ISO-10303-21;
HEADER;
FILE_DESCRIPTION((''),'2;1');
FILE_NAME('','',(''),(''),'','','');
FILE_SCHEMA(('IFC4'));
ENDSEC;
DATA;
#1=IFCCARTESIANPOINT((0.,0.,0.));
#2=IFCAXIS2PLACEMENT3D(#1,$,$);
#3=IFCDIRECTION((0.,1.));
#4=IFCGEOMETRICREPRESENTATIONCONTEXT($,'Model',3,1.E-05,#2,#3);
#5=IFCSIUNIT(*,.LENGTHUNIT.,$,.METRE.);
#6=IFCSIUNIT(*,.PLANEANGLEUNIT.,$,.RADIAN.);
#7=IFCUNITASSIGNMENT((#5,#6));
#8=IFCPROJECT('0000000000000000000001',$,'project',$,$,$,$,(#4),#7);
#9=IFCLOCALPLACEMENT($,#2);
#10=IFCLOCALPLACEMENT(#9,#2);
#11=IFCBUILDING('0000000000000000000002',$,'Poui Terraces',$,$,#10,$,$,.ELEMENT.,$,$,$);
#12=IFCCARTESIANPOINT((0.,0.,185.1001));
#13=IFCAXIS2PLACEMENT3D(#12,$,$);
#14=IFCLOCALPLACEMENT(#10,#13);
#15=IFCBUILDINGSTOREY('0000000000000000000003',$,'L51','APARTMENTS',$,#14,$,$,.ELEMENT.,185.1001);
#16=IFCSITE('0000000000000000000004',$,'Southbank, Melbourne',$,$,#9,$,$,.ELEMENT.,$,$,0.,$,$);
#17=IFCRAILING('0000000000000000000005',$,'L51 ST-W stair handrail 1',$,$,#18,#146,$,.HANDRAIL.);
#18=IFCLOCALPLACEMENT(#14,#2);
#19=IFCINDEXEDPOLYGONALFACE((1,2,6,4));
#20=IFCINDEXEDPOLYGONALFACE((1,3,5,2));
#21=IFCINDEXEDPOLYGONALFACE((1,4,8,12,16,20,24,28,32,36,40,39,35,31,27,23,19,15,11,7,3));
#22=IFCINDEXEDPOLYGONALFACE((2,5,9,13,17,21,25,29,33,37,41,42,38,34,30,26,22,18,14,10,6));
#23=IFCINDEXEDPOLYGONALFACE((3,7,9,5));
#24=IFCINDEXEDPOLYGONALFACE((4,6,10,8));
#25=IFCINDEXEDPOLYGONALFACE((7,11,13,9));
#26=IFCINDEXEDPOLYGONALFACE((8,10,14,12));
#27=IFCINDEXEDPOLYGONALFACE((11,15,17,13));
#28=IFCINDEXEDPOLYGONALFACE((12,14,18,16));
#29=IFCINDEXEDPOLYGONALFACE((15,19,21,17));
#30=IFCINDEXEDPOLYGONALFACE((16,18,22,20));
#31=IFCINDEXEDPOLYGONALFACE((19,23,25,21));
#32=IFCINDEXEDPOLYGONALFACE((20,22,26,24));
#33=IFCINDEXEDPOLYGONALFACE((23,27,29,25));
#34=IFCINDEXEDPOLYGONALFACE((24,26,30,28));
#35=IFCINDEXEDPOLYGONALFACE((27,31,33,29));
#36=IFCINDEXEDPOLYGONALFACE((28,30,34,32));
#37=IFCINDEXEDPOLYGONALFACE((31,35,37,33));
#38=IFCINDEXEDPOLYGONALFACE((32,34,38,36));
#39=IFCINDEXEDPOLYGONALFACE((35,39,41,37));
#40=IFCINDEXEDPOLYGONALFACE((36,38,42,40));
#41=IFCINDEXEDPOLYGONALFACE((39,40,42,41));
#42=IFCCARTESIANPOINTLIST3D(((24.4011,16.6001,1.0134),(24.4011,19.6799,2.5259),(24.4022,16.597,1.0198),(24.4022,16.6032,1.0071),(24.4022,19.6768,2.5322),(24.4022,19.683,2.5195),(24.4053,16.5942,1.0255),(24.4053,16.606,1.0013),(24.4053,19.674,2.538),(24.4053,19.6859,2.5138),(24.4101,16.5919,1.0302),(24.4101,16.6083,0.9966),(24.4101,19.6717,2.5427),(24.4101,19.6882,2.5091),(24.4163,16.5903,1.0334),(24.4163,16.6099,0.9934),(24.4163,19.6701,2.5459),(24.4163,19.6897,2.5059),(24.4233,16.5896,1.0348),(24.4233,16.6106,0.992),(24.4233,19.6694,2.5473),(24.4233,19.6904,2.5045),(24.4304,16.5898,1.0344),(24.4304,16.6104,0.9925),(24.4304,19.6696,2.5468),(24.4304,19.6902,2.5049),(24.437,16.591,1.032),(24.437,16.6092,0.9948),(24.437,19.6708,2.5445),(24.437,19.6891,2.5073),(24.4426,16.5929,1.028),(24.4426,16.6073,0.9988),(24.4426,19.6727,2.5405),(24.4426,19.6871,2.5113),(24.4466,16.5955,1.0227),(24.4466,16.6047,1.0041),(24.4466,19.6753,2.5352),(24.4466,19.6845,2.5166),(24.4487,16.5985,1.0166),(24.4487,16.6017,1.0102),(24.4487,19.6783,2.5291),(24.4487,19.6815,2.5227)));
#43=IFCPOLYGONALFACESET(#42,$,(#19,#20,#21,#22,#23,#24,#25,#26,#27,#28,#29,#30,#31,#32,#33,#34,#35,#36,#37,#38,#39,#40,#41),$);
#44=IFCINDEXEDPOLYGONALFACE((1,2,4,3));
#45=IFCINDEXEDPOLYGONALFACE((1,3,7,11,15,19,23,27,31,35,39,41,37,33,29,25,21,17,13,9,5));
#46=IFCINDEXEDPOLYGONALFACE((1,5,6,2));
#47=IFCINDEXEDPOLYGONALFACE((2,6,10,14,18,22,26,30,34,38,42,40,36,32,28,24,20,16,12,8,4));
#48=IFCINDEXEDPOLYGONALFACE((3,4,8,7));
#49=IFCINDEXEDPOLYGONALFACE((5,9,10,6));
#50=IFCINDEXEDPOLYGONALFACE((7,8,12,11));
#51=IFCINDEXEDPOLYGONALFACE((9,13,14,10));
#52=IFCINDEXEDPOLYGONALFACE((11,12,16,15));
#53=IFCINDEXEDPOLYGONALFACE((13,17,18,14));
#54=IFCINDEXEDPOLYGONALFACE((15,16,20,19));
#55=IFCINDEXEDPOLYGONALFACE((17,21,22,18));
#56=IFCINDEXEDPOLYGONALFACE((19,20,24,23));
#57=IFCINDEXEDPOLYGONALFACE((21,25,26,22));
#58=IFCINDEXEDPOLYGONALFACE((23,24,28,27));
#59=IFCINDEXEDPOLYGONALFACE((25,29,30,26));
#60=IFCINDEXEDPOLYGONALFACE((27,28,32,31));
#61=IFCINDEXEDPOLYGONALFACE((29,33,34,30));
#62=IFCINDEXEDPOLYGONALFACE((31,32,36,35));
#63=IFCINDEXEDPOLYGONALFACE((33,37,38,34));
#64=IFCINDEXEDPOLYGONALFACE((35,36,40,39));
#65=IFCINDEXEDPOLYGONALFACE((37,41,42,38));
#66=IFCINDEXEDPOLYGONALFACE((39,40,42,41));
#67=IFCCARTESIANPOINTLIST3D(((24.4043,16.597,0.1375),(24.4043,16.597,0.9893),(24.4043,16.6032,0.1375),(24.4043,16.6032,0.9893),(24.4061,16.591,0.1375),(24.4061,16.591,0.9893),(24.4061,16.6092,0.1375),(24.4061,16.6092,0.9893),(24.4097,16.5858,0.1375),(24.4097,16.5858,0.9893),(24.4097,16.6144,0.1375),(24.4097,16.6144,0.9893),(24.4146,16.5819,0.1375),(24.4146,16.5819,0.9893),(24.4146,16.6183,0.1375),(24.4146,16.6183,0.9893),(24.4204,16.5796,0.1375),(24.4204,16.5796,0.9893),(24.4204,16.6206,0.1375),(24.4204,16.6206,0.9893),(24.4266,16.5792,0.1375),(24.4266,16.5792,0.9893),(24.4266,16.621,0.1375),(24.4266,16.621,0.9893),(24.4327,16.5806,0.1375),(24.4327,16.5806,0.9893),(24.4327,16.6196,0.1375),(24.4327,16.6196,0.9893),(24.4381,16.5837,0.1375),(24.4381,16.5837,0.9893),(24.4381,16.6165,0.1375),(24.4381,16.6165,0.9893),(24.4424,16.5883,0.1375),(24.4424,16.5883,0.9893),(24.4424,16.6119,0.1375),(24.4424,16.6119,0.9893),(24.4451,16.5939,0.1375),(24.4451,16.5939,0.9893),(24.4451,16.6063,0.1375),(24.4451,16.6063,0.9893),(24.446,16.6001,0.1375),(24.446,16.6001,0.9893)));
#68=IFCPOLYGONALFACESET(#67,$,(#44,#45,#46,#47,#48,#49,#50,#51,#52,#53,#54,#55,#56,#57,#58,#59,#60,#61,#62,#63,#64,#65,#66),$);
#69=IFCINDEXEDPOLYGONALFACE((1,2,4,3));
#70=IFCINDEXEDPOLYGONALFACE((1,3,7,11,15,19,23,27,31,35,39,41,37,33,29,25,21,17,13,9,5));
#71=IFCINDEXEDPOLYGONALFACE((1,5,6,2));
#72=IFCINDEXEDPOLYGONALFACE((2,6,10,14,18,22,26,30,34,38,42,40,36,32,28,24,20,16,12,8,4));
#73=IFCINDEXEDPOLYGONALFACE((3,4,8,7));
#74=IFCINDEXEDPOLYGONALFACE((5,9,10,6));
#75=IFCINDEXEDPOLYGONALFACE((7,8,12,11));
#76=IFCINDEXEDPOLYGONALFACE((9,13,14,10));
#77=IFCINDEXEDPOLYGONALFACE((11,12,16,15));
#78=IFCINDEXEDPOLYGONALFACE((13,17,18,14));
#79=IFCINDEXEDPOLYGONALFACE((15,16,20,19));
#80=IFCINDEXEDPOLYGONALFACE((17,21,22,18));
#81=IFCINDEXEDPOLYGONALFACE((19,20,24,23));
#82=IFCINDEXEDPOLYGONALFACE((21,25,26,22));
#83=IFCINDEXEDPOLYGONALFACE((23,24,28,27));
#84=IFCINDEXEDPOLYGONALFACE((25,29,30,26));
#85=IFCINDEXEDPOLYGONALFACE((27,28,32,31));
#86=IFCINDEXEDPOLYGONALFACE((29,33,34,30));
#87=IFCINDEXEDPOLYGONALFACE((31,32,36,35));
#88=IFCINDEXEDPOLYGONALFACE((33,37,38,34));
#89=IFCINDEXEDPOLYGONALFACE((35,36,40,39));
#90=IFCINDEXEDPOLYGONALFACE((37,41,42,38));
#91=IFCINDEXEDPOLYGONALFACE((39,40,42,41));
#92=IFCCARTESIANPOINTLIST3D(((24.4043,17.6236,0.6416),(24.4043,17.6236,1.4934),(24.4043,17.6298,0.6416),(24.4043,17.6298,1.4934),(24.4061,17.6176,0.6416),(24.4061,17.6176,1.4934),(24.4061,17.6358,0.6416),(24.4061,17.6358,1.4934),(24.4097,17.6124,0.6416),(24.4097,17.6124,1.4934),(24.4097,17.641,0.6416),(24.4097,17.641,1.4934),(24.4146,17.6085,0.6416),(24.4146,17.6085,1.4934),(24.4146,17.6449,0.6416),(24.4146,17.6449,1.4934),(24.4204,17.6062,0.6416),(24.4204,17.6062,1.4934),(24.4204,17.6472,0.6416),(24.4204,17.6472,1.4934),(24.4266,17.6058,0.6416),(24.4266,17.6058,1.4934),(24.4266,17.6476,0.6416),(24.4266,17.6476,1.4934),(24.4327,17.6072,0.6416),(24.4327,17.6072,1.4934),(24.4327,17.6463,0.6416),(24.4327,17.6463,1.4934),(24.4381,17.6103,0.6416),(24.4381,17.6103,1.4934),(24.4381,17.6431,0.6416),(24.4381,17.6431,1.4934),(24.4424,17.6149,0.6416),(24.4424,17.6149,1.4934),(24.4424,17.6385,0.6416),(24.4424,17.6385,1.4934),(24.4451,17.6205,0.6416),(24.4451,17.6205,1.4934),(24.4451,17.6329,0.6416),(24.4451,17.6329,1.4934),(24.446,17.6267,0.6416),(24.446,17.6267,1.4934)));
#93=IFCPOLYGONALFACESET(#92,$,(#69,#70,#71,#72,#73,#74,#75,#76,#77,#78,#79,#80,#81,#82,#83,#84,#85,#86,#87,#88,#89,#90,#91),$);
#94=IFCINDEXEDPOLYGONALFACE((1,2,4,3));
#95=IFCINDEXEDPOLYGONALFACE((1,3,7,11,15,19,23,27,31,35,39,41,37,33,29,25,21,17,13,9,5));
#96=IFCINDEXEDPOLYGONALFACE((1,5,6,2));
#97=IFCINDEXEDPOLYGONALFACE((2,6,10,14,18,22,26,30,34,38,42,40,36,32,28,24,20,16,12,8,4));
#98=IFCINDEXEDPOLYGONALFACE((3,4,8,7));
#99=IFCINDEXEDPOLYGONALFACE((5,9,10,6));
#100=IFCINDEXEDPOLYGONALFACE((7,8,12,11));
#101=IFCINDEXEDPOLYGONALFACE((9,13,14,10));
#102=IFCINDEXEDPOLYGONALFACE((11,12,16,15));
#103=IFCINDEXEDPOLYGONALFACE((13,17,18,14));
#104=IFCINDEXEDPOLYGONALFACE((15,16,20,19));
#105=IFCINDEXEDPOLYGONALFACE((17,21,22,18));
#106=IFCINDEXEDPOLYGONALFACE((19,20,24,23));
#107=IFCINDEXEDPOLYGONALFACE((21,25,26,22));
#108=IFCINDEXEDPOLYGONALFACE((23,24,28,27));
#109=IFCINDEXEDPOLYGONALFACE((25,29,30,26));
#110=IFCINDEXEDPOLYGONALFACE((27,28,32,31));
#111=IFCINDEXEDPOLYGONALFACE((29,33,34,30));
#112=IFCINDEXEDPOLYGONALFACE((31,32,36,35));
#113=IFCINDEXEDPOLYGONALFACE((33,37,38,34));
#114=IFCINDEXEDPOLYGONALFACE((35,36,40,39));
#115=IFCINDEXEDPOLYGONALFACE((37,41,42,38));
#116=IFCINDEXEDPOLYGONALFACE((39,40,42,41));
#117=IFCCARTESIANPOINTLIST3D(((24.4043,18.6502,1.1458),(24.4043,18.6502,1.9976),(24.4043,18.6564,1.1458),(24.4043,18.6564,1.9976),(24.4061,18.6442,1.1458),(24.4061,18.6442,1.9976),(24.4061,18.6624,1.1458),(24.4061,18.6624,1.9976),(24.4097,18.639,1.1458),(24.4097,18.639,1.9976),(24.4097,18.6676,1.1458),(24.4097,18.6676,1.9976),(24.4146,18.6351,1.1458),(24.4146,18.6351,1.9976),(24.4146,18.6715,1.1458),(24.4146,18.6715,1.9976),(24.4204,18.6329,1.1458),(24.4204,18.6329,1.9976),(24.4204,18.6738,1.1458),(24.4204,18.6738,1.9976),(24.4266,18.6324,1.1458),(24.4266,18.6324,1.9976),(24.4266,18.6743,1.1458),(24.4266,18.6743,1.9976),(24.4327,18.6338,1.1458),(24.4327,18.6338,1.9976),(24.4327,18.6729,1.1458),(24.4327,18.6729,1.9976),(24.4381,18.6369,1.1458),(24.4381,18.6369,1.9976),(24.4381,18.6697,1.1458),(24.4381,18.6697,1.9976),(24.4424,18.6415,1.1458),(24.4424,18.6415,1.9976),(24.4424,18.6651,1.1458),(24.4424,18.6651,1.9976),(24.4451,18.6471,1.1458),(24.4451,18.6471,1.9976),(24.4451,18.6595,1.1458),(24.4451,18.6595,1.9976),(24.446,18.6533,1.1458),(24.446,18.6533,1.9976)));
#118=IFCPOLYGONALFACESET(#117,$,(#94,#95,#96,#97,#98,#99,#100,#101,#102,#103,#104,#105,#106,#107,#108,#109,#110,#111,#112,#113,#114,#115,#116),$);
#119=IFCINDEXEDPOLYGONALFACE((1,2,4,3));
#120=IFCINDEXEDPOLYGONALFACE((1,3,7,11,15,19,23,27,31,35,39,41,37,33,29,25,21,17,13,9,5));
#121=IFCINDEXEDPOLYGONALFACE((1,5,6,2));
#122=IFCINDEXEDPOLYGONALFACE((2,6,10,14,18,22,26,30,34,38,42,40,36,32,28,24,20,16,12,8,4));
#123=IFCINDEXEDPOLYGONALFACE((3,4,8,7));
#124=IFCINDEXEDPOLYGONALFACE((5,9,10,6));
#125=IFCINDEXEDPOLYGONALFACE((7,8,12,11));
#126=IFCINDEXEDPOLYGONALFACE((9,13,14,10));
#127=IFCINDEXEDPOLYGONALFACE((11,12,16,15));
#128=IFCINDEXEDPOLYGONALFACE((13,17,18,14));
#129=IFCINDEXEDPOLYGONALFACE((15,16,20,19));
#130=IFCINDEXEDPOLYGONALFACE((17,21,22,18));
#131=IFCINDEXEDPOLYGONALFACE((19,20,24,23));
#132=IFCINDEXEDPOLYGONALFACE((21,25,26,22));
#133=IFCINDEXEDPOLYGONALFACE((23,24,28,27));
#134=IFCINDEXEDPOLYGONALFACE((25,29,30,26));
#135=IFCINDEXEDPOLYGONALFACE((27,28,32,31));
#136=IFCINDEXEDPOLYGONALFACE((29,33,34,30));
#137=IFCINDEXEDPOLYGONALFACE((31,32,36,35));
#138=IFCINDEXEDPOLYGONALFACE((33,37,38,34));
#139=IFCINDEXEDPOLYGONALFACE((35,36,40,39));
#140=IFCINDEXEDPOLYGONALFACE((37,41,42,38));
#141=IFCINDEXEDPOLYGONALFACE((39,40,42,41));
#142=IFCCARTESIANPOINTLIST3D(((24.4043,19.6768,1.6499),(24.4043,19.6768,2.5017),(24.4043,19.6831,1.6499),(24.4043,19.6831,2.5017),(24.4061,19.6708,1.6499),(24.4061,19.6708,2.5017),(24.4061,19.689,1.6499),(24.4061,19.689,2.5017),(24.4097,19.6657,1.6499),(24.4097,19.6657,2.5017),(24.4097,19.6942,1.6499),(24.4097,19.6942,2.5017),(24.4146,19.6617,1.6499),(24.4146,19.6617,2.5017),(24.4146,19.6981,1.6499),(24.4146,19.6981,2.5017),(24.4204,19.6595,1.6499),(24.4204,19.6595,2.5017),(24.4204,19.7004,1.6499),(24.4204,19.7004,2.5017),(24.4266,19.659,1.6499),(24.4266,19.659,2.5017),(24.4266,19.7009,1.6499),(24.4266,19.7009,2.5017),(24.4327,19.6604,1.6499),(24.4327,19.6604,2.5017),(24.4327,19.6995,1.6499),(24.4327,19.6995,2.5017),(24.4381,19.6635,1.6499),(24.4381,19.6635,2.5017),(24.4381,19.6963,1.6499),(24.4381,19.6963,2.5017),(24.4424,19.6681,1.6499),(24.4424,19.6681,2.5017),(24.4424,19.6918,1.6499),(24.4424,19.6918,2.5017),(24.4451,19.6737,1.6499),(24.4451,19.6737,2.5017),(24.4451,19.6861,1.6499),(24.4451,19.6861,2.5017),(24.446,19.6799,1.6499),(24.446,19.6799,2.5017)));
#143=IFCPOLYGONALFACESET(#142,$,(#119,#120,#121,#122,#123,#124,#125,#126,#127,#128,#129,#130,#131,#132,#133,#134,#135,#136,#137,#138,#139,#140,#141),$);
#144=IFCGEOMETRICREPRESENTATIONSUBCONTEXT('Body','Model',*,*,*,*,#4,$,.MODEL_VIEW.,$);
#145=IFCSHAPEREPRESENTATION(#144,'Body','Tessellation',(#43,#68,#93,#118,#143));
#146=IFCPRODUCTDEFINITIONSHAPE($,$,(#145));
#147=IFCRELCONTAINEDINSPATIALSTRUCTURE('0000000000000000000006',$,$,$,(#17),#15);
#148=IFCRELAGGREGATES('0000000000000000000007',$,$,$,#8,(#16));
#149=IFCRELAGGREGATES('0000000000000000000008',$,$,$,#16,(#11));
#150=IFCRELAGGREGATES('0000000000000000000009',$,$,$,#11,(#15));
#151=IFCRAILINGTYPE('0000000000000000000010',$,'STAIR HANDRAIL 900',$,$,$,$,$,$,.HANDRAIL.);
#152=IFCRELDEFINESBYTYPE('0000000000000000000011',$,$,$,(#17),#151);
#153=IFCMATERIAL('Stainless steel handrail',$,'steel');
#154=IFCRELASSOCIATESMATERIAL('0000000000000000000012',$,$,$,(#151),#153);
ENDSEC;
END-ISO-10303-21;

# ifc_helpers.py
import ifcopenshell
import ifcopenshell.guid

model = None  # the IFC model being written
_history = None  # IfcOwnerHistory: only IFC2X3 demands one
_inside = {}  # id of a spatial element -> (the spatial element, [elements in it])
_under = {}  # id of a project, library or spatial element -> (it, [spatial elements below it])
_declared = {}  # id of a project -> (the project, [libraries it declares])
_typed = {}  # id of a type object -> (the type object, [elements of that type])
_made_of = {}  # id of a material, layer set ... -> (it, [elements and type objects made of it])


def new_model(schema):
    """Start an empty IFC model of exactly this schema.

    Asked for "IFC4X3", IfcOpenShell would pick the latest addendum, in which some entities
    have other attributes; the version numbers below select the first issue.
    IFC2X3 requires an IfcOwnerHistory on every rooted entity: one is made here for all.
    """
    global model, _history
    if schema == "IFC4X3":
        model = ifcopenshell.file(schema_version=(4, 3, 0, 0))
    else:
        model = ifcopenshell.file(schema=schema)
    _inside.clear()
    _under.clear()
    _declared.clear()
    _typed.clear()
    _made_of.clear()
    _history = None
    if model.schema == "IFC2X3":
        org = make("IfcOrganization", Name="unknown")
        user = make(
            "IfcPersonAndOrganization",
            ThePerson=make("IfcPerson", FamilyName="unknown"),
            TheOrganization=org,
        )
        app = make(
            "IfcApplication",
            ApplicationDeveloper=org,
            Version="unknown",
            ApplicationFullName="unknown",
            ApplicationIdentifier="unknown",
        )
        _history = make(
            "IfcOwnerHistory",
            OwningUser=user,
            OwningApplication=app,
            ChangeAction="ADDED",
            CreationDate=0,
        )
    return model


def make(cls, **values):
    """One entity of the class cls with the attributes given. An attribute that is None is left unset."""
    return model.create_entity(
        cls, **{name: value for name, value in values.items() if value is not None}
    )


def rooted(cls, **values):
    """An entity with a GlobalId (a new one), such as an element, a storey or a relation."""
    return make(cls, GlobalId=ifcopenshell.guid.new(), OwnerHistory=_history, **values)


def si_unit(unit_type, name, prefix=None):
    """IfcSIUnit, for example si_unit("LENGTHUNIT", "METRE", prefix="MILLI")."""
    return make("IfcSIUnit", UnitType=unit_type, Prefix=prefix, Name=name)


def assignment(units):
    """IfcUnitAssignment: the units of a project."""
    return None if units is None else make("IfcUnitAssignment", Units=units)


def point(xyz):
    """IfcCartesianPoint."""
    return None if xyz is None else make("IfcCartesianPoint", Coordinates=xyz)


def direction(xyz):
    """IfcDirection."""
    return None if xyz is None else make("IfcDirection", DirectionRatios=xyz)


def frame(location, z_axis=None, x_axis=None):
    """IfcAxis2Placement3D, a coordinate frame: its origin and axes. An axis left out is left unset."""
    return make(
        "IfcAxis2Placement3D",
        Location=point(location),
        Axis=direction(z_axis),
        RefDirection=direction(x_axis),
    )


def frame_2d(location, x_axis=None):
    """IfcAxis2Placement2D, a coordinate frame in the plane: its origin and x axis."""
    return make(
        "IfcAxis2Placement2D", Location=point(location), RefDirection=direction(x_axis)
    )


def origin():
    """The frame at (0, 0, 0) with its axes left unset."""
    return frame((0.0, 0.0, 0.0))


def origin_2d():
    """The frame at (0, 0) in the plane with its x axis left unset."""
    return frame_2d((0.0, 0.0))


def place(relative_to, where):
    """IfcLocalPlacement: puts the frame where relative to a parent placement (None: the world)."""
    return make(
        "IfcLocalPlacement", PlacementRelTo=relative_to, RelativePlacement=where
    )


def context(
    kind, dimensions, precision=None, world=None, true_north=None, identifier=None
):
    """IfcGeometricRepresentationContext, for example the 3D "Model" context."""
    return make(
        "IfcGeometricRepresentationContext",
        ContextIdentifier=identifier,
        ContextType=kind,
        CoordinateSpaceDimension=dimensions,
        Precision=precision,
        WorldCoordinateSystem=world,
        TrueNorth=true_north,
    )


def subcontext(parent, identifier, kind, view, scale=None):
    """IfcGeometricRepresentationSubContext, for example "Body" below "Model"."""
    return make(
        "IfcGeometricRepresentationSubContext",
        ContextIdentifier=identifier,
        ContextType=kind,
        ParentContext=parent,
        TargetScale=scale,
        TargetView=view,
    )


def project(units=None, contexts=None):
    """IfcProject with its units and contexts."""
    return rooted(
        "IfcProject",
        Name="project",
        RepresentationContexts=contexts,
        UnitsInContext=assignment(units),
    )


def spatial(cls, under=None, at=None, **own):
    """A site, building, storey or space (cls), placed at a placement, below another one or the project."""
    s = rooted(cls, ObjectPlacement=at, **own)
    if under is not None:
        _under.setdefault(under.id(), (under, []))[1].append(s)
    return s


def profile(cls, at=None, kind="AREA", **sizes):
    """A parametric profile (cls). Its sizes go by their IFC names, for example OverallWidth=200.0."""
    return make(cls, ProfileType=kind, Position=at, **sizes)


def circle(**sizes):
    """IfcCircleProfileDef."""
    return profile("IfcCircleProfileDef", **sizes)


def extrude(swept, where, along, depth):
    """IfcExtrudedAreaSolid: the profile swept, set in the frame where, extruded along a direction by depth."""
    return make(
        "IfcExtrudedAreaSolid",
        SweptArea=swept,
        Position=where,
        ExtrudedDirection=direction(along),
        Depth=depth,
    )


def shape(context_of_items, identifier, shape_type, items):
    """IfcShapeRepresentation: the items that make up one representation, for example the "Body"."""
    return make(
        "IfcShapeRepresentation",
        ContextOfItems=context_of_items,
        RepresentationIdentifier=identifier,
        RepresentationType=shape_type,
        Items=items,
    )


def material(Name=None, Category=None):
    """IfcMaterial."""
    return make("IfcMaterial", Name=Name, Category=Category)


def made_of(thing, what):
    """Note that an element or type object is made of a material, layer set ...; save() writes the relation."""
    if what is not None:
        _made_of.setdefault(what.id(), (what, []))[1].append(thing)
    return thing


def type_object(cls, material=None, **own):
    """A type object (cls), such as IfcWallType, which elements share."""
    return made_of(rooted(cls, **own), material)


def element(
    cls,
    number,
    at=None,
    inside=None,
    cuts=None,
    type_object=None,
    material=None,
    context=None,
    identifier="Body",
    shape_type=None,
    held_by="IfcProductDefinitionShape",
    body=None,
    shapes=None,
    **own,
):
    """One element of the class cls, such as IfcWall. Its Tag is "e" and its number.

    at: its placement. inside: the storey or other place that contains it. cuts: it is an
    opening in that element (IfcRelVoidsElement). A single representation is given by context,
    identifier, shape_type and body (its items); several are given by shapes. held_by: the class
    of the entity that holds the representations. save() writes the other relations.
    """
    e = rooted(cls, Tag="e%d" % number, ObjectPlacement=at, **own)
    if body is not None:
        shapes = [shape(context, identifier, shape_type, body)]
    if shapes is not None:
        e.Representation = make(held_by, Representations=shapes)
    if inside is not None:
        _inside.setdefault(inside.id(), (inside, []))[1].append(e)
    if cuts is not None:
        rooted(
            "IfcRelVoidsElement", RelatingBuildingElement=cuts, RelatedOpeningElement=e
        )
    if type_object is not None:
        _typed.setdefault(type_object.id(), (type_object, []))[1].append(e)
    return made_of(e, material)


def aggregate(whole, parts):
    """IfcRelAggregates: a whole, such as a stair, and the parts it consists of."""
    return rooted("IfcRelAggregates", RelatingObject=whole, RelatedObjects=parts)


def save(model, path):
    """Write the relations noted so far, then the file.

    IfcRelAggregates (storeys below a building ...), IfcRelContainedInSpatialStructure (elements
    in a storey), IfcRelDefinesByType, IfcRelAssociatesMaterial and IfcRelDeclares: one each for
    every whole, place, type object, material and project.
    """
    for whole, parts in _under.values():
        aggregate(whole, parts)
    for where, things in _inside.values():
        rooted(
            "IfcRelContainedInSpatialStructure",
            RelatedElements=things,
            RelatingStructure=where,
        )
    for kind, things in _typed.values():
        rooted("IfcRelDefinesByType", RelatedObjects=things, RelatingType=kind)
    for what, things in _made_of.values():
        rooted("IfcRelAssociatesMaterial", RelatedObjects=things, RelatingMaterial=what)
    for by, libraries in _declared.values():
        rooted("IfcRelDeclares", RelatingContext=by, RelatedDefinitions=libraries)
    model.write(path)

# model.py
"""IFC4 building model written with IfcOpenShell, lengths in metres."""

from ifc_helpers import new_model, si_unit, direction, frame, origin, origin_2d, place, context, subcontext, project, spatial, circle, extrude, material, type_object, element, save


model = new_model("IFC4")

# Units and contexts
model_context = context("Model", 3, precision=1e-05, world=origin(), true_north=direction((0.0, 1.0)))
body_context = subcontext(model_context, "Body", "Model", "MODEL_VIEW")
ifc_project = project(units=[si_unit("LENGTHUNIT", "METRE"), si_unit("PLANEANGLEUNIT", "RADIAN")], contexts=[model_context])

# Site, building, storey
site_placement = place(None, origin())
site = spatial("IfcSite", under=ifc_project, at=site_placement, Name="Southbank, Melbourne", CompositionType="ELEMENT", RefElevation=0.0)
building_placement = place(site_placement, origin())
building = spatial("IfcBuilding", under=site, at=building_placement, Name="Poui Terraces", CompositionType="ELEMENT")
storey_placement = place(building_placement, frame((0.0, 0.0, 185.1001)))
storey = spatial("IfcBuildingStorey", under=building, at=storey_placement, Name="L51", Description="APARTMENTS", CompositionType="ELEMENT", Elevation=185.1001)

# Railing
ifc_material_1 = material(Name="Stainless steel handrail", Category="steel")
railing_type_1 = type_object("IfcRailingType", Name="STAIR HANDRAIL 900", PredefinedType="HANDRAIL", material=ifc_material_1)
railing_1_placement = place(storey_placement, frame((24.425, 16.6001, 0.1375)))
element("IfcRailing", 1, at=railing_1_placement, inside=storey, type_object=railing_type_1, Name="L51 ST-W stair handrail 1", PredefinedType="HANDRAIL", context=body_context, shape_type="SweptSolid", body=[
    extrude(circle(Radius=0.0239, at=origin_2d()), frame((0.0, 0.0, 0.876), z_axis=(0.0, 0.897606, 0.440798), x_axis=(-1.0, 0.0, 0.0)), (0.0, 0.0, 1.0), 3.4312),
    extrude(circle(Radius=0.021, at=origin_2d()), origin(), (0.0, 0.0, 1.0), 0.8518),
    extrude(circle(Radius=0.021, at=origin_2d()), frame((0.0, 1.0266, 0.5042)), (0.0, 0.0, 1.0), 0.8518),
    extrude(circle(Radius=0.021, at=origin_2d()), frame((0.0, 2.0532, 1.0083)), (0.0, 0.0, 1.0), 0.8518),
    extrude(circle(Radius=0.021, at=origin_2d()), frame((0.0, 3.0798, 1.5125)), (0.0, 0.0, 1.0), 0.8518),
])

save(model, "model.ifc")
